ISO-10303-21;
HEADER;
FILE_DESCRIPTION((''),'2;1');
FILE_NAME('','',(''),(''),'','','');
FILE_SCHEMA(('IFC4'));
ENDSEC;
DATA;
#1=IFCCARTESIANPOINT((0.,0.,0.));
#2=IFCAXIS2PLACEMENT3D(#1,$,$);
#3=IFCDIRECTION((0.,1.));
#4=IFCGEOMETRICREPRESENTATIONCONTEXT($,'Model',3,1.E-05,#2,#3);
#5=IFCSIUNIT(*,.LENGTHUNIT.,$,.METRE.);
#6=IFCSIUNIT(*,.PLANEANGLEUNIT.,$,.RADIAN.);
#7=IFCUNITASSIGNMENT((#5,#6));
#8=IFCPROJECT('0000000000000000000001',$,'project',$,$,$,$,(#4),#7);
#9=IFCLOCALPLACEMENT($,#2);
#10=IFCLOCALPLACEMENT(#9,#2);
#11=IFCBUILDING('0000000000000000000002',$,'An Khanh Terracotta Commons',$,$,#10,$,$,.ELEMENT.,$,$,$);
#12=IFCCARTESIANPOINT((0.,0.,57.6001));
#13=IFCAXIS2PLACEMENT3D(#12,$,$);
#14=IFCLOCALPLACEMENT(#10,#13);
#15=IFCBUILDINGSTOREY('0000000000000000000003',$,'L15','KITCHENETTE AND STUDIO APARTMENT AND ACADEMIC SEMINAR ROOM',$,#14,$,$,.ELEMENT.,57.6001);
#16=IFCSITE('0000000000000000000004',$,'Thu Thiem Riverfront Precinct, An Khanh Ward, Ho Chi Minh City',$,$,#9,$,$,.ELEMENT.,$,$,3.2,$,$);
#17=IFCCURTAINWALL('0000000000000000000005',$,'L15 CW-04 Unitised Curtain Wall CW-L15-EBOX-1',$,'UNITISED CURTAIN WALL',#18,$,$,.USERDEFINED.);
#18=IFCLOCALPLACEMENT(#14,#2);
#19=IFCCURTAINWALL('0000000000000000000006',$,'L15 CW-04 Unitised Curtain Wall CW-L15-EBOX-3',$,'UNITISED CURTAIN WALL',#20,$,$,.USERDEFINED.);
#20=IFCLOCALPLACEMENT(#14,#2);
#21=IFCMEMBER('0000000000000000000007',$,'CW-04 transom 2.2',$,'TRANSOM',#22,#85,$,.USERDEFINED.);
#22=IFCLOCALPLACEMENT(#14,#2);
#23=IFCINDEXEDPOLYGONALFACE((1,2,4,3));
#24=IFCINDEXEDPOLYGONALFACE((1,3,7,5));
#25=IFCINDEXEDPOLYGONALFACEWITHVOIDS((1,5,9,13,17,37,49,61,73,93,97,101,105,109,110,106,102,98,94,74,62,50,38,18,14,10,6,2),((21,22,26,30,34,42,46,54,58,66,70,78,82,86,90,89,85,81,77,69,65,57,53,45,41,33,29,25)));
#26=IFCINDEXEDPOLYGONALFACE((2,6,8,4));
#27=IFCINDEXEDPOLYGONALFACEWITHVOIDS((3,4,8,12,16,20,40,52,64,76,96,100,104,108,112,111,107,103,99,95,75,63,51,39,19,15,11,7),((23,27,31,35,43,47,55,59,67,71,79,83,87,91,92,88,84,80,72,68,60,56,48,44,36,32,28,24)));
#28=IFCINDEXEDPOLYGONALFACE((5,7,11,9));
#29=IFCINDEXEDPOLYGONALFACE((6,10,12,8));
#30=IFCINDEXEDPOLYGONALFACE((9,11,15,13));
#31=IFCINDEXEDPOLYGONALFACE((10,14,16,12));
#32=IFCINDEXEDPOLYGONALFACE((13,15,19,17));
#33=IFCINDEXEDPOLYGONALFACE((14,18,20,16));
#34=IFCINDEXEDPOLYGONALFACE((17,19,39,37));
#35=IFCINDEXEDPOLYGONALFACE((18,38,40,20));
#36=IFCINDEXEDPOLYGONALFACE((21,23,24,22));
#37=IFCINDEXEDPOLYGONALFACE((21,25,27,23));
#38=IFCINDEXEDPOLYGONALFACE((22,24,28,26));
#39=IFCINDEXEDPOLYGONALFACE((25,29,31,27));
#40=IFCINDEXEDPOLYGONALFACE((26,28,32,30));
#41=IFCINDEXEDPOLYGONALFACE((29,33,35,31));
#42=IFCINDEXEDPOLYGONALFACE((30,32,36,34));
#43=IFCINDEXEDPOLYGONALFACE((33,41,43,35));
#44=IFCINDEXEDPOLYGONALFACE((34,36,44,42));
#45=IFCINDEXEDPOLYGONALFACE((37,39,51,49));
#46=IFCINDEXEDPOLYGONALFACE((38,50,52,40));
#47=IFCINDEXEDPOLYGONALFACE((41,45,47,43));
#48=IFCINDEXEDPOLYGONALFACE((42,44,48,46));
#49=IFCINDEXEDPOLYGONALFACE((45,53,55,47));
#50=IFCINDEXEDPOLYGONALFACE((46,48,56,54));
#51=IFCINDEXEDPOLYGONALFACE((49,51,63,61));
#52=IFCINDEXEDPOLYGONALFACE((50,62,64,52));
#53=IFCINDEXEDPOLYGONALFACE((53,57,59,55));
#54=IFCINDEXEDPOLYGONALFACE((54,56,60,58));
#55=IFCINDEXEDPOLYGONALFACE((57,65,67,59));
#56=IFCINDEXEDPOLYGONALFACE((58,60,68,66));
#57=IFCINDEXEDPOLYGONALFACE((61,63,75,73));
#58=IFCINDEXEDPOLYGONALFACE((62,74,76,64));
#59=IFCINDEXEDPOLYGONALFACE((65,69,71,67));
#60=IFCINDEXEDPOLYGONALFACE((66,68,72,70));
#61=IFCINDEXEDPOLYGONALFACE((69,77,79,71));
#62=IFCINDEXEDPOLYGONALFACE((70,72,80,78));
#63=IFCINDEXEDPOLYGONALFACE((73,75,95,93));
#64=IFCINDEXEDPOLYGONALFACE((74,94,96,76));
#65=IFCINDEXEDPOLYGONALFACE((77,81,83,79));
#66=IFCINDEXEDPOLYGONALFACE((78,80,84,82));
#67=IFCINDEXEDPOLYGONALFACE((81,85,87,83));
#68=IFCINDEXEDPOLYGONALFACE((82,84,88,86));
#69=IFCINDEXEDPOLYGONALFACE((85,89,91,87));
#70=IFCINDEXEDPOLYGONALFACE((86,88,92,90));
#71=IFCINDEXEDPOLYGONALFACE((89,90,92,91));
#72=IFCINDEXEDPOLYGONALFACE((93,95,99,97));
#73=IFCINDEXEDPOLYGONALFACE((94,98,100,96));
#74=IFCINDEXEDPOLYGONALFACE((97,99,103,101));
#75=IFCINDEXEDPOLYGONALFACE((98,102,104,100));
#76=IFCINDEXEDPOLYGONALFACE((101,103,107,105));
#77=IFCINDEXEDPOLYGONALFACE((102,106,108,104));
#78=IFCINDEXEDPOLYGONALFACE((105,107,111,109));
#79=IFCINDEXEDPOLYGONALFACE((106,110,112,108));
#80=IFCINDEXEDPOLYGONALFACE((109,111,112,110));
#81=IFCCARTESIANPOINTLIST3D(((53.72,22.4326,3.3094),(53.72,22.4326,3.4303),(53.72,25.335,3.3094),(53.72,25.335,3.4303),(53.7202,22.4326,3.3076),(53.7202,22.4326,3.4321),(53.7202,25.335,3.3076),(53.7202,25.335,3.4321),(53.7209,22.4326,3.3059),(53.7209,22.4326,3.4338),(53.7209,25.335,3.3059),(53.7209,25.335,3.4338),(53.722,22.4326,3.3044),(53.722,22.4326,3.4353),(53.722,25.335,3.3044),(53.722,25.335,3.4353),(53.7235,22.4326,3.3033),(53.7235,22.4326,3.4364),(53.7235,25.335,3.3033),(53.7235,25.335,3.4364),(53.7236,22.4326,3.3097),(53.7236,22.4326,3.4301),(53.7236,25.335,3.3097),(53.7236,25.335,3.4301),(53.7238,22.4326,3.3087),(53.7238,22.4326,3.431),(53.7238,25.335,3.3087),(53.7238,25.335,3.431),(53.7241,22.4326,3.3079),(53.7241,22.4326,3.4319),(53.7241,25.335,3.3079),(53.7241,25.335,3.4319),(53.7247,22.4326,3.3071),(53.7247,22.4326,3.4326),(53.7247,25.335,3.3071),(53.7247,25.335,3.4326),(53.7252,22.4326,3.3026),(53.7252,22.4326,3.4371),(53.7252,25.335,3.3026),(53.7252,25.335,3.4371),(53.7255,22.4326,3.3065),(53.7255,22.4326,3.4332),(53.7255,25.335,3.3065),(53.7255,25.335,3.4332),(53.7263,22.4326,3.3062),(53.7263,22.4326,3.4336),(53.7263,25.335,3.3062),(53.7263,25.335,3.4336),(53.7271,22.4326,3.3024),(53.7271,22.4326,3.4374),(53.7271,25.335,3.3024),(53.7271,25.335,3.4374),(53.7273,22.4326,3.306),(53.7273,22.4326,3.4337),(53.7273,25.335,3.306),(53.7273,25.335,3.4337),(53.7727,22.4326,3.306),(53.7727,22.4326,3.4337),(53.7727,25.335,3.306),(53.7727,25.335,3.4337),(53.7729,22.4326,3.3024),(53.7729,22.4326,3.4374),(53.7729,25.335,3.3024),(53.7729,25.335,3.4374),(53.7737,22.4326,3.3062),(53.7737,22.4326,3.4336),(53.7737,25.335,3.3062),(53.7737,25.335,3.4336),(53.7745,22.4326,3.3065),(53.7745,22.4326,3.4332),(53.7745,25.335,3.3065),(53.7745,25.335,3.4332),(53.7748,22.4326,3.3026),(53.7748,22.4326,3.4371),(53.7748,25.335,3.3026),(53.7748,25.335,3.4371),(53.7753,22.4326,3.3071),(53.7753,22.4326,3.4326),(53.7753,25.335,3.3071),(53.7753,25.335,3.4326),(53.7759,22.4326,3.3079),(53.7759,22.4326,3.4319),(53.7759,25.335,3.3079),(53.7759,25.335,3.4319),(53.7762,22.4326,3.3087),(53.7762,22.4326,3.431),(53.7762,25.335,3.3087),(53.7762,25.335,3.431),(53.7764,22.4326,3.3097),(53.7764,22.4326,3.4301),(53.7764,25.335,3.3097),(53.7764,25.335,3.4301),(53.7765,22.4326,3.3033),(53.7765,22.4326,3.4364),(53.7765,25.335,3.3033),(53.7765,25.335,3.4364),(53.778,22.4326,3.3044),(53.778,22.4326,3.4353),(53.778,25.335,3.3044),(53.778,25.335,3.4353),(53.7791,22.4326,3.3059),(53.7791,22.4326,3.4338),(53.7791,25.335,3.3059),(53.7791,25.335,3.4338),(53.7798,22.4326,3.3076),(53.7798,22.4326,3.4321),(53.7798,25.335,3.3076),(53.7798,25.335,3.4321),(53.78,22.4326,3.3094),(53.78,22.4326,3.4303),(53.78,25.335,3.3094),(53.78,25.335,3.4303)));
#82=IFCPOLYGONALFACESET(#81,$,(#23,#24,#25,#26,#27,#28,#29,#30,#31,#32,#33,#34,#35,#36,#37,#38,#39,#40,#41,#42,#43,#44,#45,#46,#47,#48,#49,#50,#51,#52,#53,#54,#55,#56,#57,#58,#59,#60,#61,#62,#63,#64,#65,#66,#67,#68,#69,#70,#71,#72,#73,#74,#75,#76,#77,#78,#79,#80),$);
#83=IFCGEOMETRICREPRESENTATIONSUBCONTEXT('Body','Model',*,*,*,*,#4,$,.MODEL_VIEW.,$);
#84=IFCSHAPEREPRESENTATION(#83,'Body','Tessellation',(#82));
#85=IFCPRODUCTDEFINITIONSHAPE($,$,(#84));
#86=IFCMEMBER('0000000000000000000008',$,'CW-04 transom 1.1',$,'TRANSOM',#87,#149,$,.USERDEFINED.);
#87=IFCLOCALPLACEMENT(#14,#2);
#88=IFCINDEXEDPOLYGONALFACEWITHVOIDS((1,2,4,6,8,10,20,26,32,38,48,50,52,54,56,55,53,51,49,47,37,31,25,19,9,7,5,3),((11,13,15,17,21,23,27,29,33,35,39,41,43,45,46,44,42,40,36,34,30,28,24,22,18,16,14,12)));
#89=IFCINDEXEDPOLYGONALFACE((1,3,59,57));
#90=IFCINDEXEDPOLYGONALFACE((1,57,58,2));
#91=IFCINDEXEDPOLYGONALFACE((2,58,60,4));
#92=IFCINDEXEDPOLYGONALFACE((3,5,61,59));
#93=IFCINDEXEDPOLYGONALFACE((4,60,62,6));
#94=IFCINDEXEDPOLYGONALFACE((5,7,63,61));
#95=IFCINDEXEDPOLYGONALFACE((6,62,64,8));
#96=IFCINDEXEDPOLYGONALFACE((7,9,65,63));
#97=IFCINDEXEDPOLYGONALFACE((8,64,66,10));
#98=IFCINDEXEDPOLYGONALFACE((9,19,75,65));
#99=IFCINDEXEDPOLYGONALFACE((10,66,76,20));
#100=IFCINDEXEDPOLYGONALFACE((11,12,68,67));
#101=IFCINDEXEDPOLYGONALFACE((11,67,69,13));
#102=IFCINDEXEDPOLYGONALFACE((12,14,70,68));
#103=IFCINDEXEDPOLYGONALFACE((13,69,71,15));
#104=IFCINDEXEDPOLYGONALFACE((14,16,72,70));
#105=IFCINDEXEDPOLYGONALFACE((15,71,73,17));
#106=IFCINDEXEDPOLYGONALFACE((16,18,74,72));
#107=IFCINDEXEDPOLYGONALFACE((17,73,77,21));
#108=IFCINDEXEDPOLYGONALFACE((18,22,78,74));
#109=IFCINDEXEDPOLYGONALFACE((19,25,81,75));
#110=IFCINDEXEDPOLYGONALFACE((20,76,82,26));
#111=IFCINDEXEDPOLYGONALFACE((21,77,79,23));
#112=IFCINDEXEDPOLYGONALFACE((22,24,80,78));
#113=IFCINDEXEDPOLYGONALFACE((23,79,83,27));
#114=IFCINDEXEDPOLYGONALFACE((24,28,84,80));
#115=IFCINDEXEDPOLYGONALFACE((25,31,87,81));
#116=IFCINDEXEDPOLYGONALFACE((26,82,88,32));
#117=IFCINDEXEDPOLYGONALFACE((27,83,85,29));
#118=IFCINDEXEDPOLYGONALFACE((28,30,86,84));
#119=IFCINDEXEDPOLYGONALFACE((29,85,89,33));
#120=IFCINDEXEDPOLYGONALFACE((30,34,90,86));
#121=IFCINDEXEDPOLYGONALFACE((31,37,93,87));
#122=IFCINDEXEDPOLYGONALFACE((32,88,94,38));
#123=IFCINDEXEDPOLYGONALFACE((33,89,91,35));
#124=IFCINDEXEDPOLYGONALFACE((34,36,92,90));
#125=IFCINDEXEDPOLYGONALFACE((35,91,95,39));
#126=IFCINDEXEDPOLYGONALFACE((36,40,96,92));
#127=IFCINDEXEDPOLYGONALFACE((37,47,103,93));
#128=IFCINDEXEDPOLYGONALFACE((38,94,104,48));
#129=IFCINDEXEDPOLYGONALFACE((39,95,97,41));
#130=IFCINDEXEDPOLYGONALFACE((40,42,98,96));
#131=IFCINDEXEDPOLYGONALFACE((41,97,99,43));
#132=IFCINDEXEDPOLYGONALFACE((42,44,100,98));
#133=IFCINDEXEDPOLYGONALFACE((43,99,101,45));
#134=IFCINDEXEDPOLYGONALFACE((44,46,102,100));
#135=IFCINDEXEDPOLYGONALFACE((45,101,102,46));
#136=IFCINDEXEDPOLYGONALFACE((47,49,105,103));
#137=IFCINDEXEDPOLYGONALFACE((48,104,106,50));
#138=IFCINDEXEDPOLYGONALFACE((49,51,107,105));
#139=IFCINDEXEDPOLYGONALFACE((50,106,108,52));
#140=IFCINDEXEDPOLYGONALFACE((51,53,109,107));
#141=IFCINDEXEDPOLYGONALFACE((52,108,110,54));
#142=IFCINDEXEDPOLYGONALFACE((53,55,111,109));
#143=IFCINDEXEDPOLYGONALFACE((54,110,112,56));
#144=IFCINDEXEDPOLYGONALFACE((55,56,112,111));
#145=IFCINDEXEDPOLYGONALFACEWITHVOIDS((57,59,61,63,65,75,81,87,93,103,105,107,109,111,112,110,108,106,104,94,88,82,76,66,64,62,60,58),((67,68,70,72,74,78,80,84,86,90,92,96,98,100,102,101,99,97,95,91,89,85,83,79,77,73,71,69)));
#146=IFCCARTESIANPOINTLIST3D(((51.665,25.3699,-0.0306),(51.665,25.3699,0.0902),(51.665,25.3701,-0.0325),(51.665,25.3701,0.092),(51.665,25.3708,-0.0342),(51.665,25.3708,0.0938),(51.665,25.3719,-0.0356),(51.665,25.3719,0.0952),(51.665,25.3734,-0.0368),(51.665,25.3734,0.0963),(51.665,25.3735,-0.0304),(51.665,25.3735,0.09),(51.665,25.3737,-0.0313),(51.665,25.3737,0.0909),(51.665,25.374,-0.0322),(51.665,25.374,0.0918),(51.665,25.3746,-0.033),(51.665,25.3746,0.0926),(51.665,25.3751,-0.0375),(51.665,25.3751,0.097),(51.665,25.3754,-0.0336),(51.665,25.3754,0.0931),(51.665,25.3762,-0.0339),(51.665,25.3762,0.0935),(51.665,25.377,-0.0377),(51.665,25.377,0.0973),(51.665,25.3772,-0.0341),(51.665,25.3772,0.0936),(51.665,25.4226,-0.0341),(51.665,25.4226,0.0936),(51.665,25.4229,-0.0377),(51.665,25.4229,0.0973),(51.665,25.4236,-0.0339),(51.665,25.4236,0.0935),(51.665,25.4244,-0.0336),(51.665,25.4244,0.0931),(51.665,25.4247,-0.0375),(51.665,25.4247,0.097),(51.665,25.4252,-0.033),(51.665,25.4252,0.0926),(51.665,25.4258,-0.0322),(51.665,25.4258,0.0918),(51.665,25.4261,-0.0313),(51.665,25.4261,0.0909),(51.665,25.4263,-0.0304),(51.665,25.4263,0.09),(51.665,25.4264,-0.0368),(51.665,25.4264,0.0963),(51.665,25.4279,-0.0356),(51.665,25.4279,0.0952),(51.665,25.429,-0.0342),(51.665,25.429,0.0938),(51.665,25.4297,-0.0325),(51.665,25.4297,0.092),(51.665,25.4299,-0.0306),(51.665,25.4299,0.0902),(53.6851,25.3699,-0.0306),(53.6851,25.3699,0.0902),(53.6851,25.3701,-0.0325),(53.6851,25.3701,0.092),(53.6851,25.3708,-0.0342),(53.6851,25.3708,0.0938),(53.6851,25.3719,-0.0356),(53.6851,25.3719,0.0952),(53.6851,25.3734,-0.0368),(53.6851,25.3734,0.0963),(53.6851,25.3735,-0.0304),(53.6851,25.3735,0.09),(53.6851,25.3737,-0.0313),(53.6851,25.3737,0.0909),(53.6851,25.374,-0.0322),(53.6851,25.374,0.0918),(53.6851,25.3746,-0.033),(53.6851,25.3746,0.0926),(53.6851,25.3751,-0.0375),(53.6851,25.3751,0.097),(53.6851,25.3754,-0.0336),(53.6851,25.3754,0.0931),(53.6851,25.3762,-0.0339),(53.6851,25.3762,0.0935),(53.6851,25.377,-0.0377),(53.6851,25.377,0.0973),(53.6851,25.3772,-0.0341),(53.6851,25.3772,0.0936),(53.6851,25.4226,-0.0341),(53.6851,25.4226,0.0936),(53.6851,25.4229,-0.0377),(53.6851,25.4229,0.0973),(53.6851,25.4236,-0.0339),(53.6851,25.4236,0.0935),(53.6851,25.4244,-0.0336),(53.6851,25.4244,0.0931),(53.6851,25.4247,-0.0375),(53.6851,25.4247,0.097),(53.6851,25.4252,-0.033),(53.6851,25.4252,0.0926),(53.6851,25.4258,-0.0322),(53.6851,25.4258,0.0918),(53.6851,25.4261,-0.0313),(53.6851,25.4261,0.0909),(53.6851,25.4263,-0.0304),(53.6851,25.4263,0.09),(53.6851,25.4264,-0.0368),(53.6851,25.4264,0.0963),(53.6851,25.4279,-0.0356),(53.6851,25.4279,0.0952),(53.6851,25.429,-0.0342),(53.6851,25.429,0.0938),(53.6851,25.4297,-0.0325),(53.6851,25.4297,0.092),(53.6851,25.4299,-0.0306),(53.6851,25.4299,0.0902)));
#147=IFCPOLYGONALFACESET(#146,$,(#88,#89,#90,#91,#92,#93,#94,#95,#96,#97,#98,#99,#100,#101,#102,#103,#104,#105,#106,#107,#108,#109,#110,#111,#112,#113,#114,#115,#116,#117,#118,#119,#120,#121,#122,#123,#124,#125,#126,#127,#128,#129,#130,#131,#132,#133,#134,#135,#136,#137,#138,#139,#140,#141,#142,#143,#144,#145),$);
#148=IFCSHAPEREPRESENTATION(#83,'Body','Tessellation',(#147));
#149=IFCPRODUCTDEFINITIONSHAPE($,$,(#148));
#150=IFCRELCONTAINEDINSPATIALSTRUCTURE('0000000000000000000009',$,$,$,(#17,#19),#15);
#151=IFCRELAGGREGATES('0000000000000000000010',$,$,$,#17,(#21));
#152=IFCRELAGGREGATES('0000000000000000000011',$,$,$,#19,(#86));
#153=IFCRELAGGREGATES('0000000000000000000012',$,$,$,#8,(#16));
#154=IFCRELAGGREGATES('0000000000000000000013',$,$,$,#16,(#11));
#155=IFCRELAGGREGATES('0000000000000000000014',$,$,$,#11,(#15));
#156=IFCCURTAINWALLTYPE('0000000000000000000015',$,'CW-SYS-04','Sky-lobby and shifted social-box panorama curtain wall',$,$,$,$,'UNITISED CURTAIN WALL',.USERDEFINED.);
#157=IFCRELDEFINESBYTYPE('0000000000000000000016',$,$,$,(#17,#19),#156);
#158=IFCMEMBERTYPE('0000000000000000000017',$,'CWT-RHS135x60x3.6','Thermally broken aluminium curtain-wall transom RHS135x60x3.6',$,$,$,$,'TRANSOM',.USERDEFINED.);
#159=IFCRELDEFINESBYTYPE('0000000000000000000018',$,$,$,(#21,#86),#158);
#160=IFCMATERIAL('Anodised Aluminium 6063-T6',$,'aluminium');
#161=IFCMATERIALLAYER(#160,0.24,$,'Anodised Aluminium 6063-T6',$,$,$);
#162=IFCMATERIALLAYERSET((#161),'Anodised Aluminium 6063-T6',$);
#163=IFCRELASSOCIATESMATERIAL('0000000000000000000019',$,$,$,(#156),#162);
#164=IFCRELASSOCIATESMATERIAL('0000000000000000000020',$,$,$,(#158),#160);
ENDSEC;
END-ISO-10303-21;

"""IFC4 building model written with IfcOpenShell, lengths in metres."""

from ifc_helpers import new_model, si_unit, direction, frame, origin, origin_2d, place, context, subcontext, project, spatial, hollow_rectangle, extrude, material, layer, layer_set, material_profile, profile_set, type_object, element, aggregate, save


model = new_model("IFC4")

# Units and contexts
model_context = context("Model", 3, precision=1e-05, world=origin(), true_north=direction((0.0, 1.0)))
body_context = subcontext(model_context, "Body", "Model", "MODEL_VIEW")
ifc_project = project(units=[si_unit("LENGTHUNIT", "METRE"), si_unit("PLANEANGLEUNIT", "RADIAN")], contexts=[model_context])

# Site, building, storey
site_placement = place(None, origin())
site = spatial("IfcSite", under=ifc_project, at=site_placement, Name="Thu Thiem Riverfront Precinct, An Khanh Ward, Ho Chi Minh City", CompositionType="ELEMENT", RefElevation=3.2)
building_placement = place(site_placement, origin())
building = spatial("IfcBuilding", under=site, at=building_placement, Name="An Khanh Terracotta Commons", CompositionType="ELEMENT")
storey_placement = place(building_placement, frame((0.0, 0.0, 57.6001)))
storey = spatial("IfcBuildingStorey", under=building, at=storey_placement, Name="L15", Description="KITCHENETTE AND STUDIO APARTMENT AND ACADEMIC SEMINAR ROOM", CompositionType="ELEMENT", Elevation=57.6001)

# Curtain wall
ifc_material_1 = material(Name="Anodised Aluminium 6063-T6", Category="aluminium")
ifc_layer_1 = layer(ifc_material_1, 0.24, Name="Anodised Aluminium 6063-T6")
ifc_layer_set_1 = layer_set([ifc_layer_1], Name="Anodised Aluminium 6063-T6")
curtain_wall_type = type_object("IfcCurtainWallType", Name="CW-SYS-04", Description="Sky-lobby and shifted social-box panorama curtain wall", ElementType="UNITISED CURTAIN WALL", PredefinedType="USERDEFINED", material=ifc_layer_set_1)
curtain_wall_1_placement = place(storey_placement, origin())
curtain_wall_1 = element("IfcCurtainWall", 1, at=curtain_wall_1_placement, inside=storey, type_object=curtain_wall_type, Name="L15 CW-04 Unitised Curtain Wall CW-L15-EBOX-1", ObjectType="UNITISED CURTAIN WALL", PredefinedType="USERDEFINED")

# Curtain wall
curtain_wall_2_placement = place(storey_placement, origin())
curtain_wall_2 = element("IfcCurtainWall", 2, at=curtain_wall_2_placement, inside=storey, type_object=curtain_wall_type, Name="L15 CW-04 Unitised Curtain Wall CW-L15-EBOX-3", ObjectType="UNITISED CURTAIN WALL", PredefinedType="USERDEFINED")

# Members
ifc_material_profile_1 = material_profile(ifc_material_1, hollow_rectangle(XDim=0.0601, YDim=0.135, WallThickness=0.0037, InnerFilletRadius=0.0037, OuterFilletRadius=0.0071, at=origin_2d()), Name="RHS135x60x3.6")
ifc_profile_set_1 = profile_set([ifc_material_profile_1], Name="Anodised Aluminium 6063-T6")
member_type_1 = type_object("IfcMemberType", Name="CWT-RHS135x60x3.6", Description="Thermally broken aluminium curtain-wall transom RHS135x60x3.6", ElementType="TRANSOM", PredefinedType="USERDEFINED", material=ifc_profile_set_1)
member_1_placement = place(storey_placement, frame((53.75, 22.4326, 3.3699), z_axis=(0.0, 1.0, 0.0), x_axis=(-1.0, 0.0, 0.0)))
member_1 = element("IfcMember", 3, at=member_1_placement, type_object=member_type_1, Name="CW-04 transom 2.2", ObjectType="TRANSOM", PredefinedType="USERDEFINED", context=body_context, shape_type="SweptSolid", body=[
    extrude(hollow_rectangle(XDim=0.0601, YDim=0.135, WallThickness=0.0037, InnerFilletRadius=0.0037, OuterFilletRadius=0.0071, at=origin_2d()), origin(), (0.0, 0.0, 1.0), 2.9023),
])
member_2_placement = place(storey_placement, frame((53.6851, 25.3999, 0.0298), z_axis=(-1.0, 0.0, 0.0), x_axis=(0.0, -1.0, 0.0)))
member_2 = element("IfcMember", 4, at=member_2_placement, type_object=member_type_1, Name="CW-04 transom 1.1", ObjectType="TRANSOM", PredefinedType="USERDEFINED", context=body_context, shape_type="SweptSolid", body=[
    extrude(hollow_rectangle(XDim=0.0601, YDim=0.135, WallThickness=0.0037, InnerFilletRadius=0.0037, OuterFilletRadius=0.0071, at=origin_2d()), origin(), (0.0, 0.0, 1.0), 2.02),
])

aggregate(curtain_wall_1, [member_1])
aggregate(curtain_wall_2, [member_2])

save(model, "model.ifc")
